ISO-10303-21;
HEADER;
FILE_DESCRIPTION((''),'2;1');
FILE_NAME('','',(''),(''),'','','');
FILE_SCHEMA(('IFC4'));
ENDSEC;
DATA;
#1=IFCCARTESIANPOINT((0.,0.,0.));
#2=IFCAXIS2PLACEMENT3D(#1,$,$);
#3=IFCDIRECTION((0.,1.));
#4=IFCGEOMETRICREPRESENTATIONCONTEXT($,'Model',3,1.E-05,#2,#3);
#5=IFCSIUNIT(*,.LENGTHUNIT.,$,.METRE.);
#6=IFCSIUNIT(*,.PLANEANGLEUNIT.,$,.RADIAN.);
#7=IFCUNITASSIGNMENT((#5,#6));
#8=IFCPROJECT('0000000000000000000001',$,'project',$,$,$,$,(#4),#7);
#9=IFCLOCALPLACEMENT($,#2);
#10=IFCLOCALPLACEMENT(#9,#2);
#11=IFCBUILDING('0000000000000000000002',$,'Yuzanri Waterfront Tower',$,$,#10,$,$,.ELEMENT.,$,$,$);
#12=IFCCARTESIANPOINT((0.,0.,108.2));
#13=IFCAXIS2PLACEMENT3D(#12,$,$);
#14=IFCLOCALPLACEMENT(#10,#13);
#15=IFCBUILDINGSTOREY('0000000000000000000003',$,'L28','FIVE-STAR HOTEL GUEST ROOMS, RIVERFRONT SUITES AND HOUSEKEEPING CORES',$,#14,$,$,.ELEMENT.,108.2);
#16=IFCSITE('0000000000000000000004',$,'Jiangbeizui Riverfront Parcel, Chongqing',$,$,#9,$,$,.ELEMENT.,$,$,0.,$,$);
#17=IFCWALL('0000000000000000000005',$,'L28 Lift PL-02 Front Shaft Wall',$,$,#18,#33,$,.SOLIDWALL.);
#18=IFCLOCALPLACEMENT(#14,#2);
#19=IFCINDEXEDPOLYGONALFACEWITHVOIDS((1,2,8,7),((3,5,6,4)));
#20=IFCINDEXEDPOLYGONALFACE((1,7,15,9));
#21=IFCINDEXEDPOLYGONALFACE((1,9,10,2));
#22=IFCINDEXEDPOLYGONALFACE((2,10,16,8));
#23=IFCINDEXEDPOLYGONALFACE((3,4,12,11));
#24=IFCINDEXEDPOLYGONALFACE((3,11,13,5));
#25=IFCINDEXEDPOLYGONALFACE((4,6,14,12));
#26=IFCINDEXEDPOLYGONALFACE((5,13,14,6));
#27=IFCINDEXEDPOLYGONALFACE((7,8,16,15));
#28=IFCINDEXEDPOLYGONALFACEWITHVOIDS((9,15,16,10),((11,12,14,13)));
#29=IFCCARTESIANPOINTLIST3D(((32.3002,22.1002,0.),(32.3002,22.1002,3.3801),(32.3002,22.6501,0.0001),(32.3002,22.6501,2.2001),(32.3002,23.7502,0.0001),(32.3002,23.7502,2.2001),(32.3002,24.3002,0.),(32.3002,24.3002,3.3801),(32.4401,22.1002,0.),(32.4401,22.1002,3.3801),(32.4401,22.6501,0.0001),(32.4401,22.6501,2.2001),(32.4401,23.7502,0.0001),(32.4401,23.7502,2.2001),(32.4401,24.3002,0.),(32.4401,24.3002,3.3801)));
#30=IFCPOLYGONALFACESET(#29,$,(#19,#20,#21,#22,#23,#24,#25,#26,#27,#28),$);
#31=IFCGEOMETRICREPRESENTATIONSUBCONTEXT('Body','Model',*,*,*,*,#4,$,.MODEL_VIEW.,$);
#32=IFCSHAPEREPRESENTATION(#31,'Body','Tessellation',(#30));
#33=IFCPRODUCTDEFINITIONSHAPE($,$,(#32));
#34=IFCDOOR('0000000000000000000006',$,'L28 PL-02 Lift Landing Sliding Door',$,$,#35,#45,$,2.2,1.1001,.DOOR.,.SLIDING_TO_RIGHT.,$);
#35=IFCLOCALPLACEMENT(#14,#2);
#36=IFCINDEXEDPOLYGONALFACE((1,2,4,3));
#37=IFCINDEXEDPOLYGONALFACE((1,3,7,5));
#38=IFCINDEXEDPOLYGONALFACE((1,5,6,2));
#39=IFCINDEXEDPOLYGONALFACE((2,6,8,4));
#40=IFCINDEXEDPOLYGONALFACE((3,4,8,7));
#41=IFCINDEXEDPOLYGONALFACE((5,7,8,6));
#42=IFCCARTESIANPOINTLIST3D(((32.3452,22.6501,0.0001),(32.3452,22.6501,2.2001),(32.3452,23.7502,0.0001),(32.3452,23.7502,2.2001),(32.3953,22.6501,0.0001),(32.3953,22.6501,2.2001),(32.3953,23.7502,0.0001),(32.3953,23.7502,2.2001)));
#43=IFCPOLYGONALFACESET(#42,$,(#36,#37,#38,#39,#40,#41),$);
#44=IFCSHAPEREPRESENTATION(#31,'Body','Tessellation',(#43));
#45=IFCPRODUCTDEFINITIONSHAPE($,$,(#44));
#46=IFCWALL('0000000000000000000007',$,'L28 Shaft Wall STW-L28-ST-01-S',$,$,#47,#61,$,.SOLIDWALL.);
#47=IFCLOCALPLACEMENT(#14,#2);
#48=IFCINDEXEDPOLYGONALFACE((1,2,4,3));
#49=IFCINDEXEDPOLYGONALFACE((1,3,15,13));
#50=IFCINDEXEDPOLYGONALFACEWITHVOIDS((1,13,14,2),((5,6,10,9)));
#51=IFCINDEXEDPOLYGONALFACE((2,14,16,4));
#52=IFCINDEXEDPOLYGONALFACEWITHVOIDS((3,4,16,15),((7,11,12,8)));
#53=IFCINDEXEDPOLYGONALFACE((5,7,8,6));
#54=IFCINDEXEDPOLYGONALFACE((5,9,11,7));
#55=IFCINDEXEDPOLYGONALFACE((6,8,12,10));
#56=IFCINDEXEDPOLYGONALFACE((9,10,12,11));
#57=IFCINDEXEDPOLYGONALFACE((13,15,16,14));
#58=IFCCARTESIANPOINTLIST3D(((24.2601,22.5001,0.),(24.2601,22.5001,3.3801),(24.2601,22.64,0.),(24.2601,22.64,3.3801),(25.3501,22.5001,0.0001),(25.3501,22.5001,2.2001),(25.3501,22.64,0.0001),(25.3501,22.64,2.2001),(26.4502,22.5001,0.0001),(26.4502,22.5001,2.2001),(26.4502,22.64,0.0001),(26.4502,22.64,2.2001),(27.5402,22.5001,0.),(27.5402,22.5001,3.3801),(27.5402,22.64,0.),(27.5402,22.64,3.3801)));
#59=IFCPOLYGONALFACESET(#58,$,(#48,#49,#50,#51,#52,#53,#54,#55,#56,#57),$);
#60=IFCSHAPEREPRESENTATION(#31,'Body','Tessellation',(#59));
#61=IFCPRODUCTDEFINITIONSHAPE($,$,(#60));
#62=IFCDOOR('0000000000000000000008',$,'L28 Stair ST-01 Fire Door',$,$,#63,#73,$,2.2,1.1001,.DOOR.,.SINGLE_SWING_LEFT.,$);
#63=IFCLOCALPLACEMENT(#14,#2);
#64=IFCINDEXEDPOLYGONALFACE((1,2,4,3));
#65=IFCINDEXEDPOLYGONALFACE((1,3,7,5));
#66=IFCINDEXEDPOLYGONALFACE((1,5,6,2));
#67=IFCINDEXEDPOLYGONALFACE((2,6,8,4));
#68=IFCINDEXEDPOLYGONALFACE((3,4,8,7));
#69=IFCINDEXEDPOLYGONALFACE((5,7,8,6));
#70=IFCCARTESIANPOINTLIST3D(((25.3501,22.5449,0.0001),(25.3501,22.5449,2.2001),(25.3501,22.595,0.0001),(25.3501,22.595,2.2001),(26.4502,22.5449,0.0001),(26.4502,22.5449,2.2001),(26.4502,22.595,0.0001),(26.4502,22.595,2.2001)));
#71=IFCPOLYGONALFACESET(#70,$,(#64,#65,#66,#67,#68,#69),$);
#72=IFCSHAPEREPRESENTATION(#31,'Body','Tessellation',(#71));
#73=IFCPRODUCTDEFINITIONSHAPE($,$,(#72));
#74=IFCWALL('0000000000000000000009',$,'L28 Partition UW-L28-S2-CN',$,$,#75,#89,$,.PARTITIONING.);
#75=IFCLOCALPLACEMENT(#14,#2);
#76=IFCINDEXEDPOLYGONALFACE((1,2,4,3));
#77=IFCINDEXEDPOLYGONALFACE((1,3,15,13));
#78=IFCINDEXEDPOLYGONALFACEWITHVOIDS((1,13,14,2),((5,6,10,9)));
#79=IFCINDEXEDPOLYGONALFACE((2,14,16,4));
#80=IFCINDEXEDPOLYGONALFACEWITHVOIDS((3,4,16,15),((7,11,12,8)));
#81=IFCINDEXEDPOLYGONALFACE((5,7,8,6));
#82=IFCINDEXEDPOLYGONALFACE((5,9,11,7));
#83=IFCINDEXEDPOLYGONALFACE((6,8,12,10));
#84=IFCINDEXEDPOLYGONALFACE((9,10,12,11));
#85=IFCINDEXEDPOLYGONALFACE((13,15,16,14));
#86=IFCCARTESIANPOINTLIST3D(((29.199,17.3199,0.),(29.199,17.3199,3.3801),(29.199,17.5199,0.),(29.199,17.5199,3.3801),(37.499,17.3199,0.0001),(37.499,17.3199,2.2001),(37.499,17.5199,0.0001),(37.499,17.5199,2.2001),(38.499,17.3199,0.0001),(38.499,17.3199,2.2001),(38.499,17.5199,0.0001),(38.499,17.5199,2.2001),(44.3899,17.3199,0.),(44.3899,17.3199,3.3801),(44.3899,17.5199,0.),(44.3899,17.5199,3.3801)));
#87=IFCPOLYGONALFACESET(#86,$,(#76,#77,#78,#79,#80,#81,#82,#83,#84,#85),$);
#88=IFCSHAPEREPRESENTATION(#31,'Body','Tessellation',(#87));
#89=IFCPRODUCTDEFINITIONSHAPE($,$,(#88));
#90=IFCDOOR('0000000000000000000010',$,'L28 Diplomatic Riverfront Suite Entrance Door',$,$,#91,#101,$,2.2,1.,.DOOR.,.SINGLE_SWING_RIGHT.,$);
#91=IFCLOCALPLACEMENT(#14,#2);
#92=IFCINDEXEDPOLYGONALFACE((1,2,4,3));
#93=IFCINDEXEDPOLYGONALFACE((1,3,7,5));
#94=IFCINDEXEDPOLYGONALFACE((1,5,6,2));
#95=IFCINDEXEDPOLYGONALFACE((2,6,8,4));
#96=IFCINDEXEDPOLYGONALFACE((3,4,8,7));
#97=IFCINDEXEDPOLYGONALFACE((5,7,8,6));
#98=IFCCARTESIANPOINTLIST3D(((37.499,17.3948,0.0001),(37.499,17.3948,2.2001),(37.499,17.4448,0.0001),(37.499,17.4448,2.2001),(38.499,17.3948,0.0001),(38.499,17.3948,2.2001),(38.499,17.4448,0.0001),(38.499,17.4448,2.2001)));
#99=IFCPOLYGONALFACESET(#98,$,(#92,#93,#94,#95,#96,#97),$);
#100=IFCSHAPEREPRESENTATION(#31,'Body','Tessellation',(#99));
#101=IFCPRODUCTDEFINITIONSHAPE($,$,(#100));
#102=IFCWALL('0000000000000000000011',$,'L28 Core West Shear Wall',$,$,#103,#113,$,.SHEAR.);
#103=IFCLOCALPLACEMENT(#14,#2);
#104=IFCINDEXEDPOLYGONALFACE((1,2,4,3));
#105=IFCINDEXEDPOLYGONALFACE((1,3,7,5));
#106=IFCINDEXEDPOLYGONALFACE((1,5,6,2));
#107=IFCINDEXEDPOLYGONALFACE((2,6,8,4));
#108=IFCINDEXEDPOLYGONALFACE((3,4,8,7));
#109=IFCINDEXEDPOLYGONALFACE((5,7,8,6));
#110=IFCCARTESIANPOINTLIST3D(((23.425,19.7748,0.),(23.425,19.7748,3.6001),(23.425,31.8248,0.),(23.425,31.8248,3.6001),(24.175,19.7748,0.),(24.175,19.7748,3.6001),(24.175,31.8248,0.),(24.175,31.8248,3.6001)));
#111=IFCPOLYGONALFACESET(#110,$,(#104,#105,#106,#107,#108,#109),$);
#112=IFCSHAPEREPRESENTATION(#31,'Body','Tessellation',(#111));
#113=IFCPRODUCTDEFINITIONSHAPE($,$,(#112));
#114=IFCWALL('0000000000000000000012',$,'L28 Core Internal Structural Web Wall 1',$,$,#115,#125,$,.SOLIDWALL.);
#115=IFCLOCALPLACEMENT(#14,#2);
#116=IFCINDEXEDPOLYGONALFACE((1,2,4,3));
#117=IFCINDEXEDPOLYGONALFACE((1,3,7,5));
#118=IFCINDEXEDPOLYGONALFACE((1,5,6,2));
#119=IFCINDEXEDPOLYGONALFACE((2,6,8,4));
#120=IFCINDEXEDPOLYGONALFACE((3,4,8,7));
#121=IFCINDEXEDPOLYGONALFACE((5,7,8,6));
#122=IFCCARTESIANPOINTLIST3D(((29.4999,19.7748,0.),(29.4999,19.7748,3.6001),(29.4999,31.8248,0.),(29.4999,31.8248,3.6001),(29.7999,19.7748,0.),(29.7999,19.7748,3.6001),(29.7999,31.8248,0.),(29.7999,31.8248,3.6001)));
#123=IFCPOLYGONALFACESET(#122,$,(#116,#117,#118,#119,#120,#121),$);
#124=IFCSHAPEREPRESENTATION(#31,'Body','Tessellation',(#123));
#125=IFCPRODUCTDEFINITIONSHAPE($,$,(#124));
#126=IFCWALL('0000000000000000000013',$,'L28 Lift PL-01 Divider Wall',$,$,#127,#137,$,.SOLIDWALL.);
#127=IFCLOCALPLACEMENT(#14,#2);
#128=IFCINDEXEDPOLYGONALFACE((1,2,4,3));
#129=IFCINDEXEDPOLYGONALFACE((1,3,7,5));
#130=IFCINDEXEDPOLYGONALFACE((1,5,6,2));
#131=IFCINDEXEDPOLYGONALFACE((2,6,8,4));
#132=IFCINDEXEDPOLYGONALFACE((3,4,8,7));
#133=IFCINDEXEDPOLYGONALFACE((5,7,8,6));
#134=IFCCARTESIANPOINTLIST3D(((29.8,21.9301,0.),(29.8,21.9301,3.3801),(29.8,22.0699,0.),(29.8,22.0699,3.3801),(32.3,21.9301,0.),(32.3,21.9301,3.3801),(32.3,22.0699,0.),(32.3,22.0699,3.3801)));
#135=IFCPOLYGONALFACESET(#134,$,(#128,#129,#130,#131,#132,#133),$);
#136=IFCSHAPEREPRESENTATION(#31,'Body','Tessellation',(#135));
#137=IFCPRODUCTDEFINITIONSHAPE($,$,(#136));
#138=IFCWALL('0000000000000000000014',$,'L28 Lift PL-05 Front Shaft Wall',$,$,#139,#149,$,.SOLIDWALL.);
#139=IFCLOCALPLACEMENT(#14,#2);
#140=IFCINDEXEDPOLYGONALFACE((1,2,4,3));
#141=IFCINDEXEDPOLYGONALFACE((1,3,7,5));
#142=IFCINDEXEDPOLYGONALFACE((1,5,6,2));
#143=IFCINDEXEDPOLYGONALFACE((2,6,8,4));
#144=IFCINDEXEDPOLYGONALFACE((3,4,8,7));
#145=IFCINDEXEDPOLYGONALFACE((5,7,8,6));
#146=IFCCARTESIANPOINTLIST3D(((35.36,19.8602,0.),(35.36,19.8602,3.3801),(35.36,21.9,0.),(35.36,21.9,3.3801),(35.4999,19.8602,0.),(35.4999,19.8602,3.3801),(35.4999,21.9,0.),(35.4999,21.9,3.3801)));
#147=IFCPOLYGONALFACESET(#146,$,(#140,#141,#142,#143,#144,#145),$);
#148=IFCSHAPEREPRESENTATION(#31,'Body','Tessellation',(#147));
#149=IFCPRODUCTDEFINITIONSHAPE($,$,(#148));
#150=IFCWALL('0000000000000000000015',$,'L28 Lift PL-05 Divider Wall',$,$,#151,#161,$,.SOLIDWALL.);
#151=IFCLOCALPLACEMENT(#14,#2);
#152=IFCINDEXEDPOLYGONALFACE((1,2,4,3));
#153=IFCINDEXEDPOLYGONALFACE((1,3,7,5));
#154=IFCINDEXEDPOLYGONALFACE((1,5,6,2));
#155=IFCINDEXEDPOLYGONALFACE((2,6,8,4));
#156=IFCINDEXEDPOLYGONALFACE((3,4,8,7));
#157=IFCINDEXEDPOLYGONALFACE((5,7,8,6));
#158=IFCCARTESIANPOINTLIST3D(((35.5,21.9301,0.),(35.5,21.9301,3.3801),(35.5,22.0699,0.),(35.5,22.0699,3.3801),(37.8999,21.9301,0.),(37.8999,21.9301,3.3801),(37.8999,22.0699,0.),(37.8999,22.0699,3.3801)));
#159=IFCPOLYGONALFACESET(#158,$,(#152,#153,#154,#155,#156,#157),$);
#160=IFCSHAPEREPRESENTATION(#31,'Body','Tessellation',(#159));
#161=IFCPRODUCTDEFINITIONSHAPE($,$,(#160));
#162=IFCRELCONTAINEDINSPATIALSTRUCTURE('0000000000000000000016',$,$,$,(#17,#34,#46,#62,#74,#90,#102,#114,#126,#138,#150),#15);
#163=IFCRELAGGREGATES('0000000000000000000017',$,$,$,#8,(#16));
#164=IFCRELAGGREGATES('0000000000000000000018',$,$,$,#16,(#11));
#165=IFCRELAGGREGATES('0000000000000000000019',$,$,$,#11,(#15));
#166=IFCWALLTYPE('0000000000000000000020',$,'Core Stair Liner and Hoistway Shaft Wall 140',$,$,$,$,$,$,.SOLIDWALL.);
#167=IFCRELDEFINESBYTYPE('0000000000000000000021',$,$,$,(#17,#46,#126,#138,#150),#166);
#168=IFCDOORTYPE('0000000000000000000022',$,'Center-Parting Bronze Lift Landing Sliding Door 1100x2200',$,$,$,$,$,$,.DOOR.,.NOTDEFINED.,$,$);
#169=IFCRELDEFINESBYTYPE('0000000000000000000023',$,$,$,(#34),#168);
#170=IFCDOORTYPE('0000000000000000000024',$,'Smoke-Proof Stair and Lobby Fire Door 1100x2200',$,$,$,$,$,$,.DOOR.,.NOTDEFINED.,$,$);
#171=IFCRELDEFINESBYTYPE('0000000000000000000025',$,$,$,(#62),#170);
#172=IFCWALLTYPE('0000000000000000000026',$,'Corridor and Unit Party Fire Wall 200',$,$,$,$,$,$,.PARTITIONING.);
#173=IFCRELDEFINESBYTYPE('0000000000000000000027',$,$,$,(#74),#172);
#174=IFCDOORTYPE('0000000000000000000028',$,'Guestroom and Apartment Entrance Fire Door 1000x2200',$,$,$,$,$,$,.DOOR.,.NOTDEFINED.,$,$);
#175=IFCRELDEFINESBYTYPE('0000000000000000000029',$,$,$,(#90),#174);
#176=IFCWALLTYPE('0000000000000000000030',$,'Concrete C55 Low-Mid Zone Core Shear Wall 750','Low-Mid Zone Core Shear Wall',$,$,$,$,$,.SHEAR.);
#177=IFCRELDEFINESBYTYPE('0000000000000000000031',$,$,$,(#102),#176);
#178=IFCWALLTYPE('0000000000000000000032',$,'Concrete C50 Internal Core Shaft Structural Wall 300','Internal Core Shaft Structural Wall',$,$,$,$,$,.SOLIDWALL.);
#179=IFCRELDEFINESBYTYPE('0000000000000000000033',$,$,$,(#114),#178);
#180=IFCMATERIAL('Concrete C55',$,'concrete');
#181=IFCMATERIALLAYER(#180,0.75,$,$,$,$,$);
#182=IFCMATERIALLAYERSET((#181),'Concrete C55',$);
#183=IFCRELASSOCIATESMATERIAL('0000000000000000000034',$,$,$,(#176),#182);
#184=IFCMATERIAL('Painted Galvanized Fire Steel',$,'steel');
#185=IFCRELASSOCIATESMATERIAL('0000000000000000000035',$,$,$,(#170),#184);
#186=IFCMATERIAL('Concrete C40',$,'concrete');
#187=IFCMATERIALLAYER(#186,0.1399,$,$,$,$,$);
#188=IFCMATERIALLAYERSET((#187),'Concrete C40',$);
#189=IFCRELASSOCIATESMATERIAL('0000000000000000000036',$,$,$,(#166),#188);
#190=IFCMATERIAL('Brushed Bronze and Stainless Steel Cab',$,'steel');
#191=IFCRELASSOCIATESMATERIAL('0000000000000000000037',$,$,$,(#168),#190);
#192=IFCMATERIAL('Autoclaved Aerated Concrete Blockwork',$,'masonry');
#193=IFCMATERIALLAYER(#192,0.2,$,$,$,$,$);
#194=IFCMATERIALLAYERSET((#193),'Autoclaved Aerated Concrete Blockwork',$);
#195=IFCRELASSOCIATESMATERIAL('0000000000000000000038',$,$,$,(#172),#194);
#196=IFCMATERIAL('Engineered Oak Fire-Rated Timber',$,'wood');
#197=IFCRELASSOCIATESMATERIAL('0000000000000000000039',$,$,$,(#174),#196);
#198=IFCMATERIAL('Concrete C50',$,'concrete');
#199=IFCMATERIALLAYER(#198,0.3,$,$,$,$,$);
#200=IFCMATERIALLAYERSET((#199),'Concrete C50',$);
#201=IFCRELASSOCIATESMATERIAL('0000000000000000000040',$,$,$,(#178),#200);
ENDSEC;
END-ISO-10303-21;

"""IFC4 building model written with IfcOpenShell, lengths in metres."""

from ifc_helpers import new_model, si_unit, direction, frame, frame_2d, origin, place, context, subcontext, project, spatial, rectangle, extrude, source, transform, mapped, material, layer, layer_set, type_object, element, fill, save


model = new_model("IFC4")

# Units and contexts
model_context = context("Model", 3, precision=1e-05, world=origin(), true_north=direction((0.0, 1.0)))
body_context = subcontext(model_context, "Body", "Model", "MODEL_VIEW")
ifc_project = project(units=[si_unit("LENGTHUNIT", "METRE"), si_unit("PLANEANGLEUNIT", "RADIAN")], contexts=[model_context])

# Site, building, storey
site_placement = place(None, origin())
site = spatial("IfcSite", under=ifc_project, at=site_placement, Name="Jiangbeizui Riverfront Parcel, Chongqing", CompositionType="ELEMENT", RefElevation=0.0)
building_placement = place(site_placement, origin())
building = spatial("IfcBuilding", under=site, at=building_placement, Name="Yuzanri Waterfront Tower", CompositionType="ELEMENT")
storey_placement = place(building_placement, frame((0.0, 0.0, 108.2)))
storey = spatial("IfcBuildingStorey", under=building, at=storey_placement, Name="L28", Description="FIVE-STAR HOTEL GUEST ROOMS, RIVERFRONT SUITES AND HOUSEKEEPING CORES", CompositionType="ELEMENT", Elevation=108.2)

# Shared definitions
ifc_material_1 = material(Name="Concrete C55", Category="concrete")
ifc_layer_1 = layer(ifc_material_1, 0.75)
ifc_layer_set_1 = layer_set([ifc_layer_1], Name="Concrete C55")
wall_type_1 = type_object("IfcWallType", Name="Concrete C55 Low-Mid Zone Core Shear Wall 750", Description="Low-Mid Zone Core Shear Wall", PredefinedType="SHEAR", material=ifc_layer_set_1)
ifc_material_2 = material(Name="Painted Galvanized Fire Steel", Category="steel")
door_type_1 = type_object("IfcDoorType", Name="Smoke-Proof Stair and Lobby Fire Door 1100x2200", OperationType="NOTDEFINED", PredefinedType="DOOR", material=ifc_material_2)
shared_shape_1 = source(origin(), body_context, "Body", "SweptSolid", [
    extrude(rectangle(XDim=1.1001, YDim=2.2, at=frame_2d((0.55, 1.1001))), frame((0.0, 0.0249, 0.0), z_axis=(0.0, -1.0, 0.0), x_axis=(1.0, 0.0, 0.0)), (0.0, 0.0, 1.0), 0.05),
])

# Walls, openings, doors
ifc_material_3 = material(Name="Concrete C40", Category="concrete")
ifc_layer_2 = layer(ifc_material_3, 0.1399)
ifc_layer_set_2 = layer_set([ifc_layer_2], Name="Concrete C40")
wall_type_2 = type_object("IfcWallType", Name="Core Stair Liner and Hoistway Shaft Wall 140", PredefinedType="SOLIDWALL", material=ifc_layer_set_2)
ifc_material_4 = material(Name="Brushed Bronze and Stainless Steel Cab", Category="steel")
door_type_2 = type_object("IfcDoorType", Name="Center-Parting Bronze Lift Landing Sliding Door 1100x2200", OperationType="NOTDEFINED", PredefinedType="DOOR", material=ifc_material_4)
shared_shape_2 = source(origin(), body_context, "Body", "SweptSolid", [
    extrude(rectangle(XDim=1.1001, YDim=2.2, at=frame_2d((0.55, 1.1001))), frame((0.0, 0.0249, 0.0), z_axis=(0.0, -1.0, 0.0), x_axis=(1.0, 0.0, 0.0)), (0.0, 0.0, 1.0), 0.05),
])
wall_1_placement = place(storey_placement, frame((32.3701, 22.1001, 0.0), z_axis=(0.0, 0.0, 1.0), x_axis=(0.0, 1.0, 0.0)))
wall_1 = element("IfcWall", 1, at=wall_1_placement, inside=storey, type_object=wall_type_2, Name="L28 Lift PL-02 Front Shaft Wall", PredefinedType="SOLIDWALL", context=body_context, shape_type="SweptSolid", body=[
    extrude(rectangle(XDim=2.2, YDim=0.1399, at=frame_2d((1.1001, 0.0))), origin(), (0.0, 0.0, 1.0), 3.3801),
])
opening_1_placement = place(wall_1_placement, frame((0.55, 0.0, 0.0)))
opening_1 = element("IfcOpeningElement", 2, at=opening_1_placement, cuts=wall_1, PredefinedType="OPENING", context=body_context, shape_type="SweptSolid", body=[
    extrude(rectangle(XDim=1.1001, YDim=2.2, at=frame_2d((0.55, 1.1001))), frame((0.0, 0.085, 0.0), z_axis=(0.0, -1.0, 0.0), x_axis=(1.0, 0.0, 0.0)), (0.0, 0.0, 1.0), 0.1697),
])
door_1_placement = place(opening_1_placement, origin())
door_1 = element("IfcDoor", 3, at=door_1_placement, inside=storey, type_object=door_type_2, Name="L28 PL-02 Lift Landing Sliding Door", OperationType="SLIDING_TO_RIGHT", OverallHeight=2.2, OverallWidth=1.1001, PredefinedType="DOOR", context=body_context, shape_type="MappedRepresentation", body=[
    mapped(shared_shape_2, transform((0.0, 0.0, 0.0), scale=1.0)),
])
fill(opening_1, door_1)
wall_2_placement = place(storey_placement, frame((24.26, 22.5701, 0.0), z_axis=(0.0, 0.0, 1.0), x_axis=(1.0, 0.0, 0.0)))
wall_2 = element("IfcWall", 4, at=wall_2_placement, inside=storey, type_object=wall_type_2, Name="L28 Shaft Wall STW-L28-ST-01-S", PredefinedType="SOLIDWALL", context=body_context, shape_type="SweptSolid", body=[
    extrude(rectangle(XDim=3.28, YDim=0.1399, at=frame_2d((1.6401, 0.0))), origin(), (0.0, 0.0, 1.0), 3.3801),
])
opening_2_placement = place(wall_2_placement, frame((1.0901, 0.0, 0.0)))
opening_2 = element("IfcOpeningElement", 5, at=opening_2_placement, cuts=wall_2, PredefinedType="OPENING", context=body_context, shape_type="SweptSolid", body=[
    extrude(rectangle(XDim=1.1001, YDim=2.2, at=frame_2d((0.55, 1.1001))), frame((0.0, 0.085, 0.0), z_axis=(0.0, -1.0, 0.0), x_axis=(1.0, 0.0, 0.0)), (0.0, 0.0, 1.0), 0.1697),
])
door_2_placement = place(opening_2_placement, origin())
door_2 = element("IfcDoor", 6, at=door_2_placement, inside=storey, type_object=door_type_1, Name="L28 Stair ST-01 Fire Door", OperationType="SINGLE_SWING_LEFT", OverallHeight=2.2, OverallWidth=1.1001, PredefinedType="DOOR", context=body_context, shape_type="MappedRepresentation", body=[
    mapped(shared_shape_1, transform((0.0, 0.0, 0.0), scale=1.0)),
])
fill(opening_2, door_2)
ifc_material_5 = material(Name="Autoclaved Aerated Concrete Blockwork", Category="masonry")
ifc_layer_3 = layer(ifc_material_5, 0.2)
ifc_layer_set_3 = layer_set([ifc_layer_3], Name="Autoclaved Aerated Concrete Blockwork")
wall_type_3 = type_object("IfcWallType", Name="Corridor and Unit Party Fire Wall 200", PredefinedType="PARTITIONING", material=ifc_layer_set_3)
wall_3_placement = place(storey_placement, frame((29.199, 17.4199, 0.0), z_axis=(0.0, 0.0, 1.0), x_axis=(1.0, 0.0, 0.0)))
wall_3 = element("IfcWall", 7, at=wall_3_placement, inside=storey, type_object=wall_type_3, Name="L28 Partition UW-L28-S2-CN", PredefinedType="PARTITIONING", context=body_context, shape_type="SweptSolid", body=[
    extrude(rectangle(XDim=15.1909, YDim=0.2, at=frame_2d((7.5955, 0.0))), origin(), (0.0, 0.0, 1.0), 3.3801),
])
opening_3_placement = place(wall_3_placement, frame((8.3, 0.0, 0.0)))
opening_3 = element("IfcOpeningElement", 8, at=opening_3_placement, cuts=wall_3, PredefinedType="OPENING", context=body_context, shape_type="SweptSolid", body=[
    extrude(rectangle(XDim=1.0, YDim=2.2, at=frame_2d((0.5, 1.1001))), frame((0.0, 0.1147, 0.0), z_axis=(0.0, -1.0, 0.0), x_axis=(1.0, 0.0, 0.0)), (0.0, 0.0, 1.0), 0.2297),
])
ifc_material_6 = material(Name="Engineered Oak Fire-Rated Timber", Category="wood")
door_type_3 = type_object("IfcDoorType", Name="Guestroom and Apartment Entrance Fire Door 1000x2200", OperationType="NOTDEFINED", PredefinedType="DOOR", material=ifc_material_6)
shared_shape_3 = source(origin(), body_context, "Body", "SweptSolid", [
    extrude(rectangle(XDim=1.0, YDim=2.2, at=frame_2d((0.5, 1.1001))), frame((0.0, 0.0249, 0.0), z_axis=(0.0, -1.0, 0.0), x_axis=(1.0, 0.0, 0.0)), (0.0, 0.0, 1.0), 0.05),
])
door_3_placement = place(opening_3_placement, origin())
door_3 = element("IfcDoor", 9, at=door_3_placement, inside=storey, type_object=door_type_3, Name="L28 Diplomatic Riverfront Suite Entrance Door", OperationType="SINGLE_SWING_RIGHT", OverallHeight=2.2, OverallWidth=1.0, PredefinedType="DOOR", context=body_context, shape_type="MappedRepresentation", body=[
    mapped(shared_shape_3, transform((0.0, 0.0, 0.0), scale=1.0)),
])
fill(opening_3, door_3)

# Walls
shared_shape_4 = source(origin(), body_context, "Body", "SweptSolid", [
    extrude(rectangle(XDim=12.05, YDim=0.75, at=frame_2d((6.0249, 0.0))), origin(), (0.0, 0.0, 1.0), 3.6001),
])
wall_4_placement = place(storey_placement, frame((23.8, 19.7749, 0.0), z_axis=(0.0, 0.0, 1.0), x_axis=(0.0, 1.0, 0.0)))
element("IfcWall", 10, at=wall_4_placement, inside=storey, type_object=wall_type_1, Name="L28 Core West Shear Wall", PredefinedType="SHEAR", context=body_context, shape_type="MappedRepresentation", body=[
    mapped(shared_shape_4, transform((0.0, 0.0, 0.0), scale=1.0)),
])
ifc_material_7 = material(Name="Concrete C50", Category="concrete")
ifc_layer_4 = layer(ifc_material_7, 0.3)
ifc_layer_set_4 = layer_set([ifc_layer_4], Name="Concrete C50")
wall_type_4 = type_object("IfcWallType", Name="Concrete C50 Internal Core Shaft Structural Wall 300", Description="Internal Core Shaft Structural Wall", PredefinedType="SOLIDWALL", material=ifc_layer_set_4)
shared_shape_5 = source(origin(), body_context, "Body", "SweptSolid", [
    extrude(rectangle(XDim=12.05, YDim=0.3, at=frame_2d((6.0249, 0.0))), origin(), (0.0, 0.0, 1.0), 3.6001),
])
wall_5_placement = place(storey_placement, frame((29.6499, 19.7749, 0.0), z_axis=(0.0, 0.0, 1.0), x_axis=(0.0, 1.0, 0.0)))
element("IfcWall", 11, at=wall_5_placement, inside=storey, type_object=wall_type_4, Name="L28 Core Internal Structural Web Wall 1", PredefinedType="SOLIDWALL", context=body_context, shape_type="MappedRepresentation", body=[
    mapped(shared_shape_5, transform((0.0, 0.0, 0.0), scale=1.0)),
])
shared_shape_6 = source(origin(), body_context, "Body", "SweptSolid", [
    extrude(rectangle(XDim=2.5, YDim=0.1399, at=frame_2d((1.25, 0.0))), origin(), (0.0, 0.0, 1.0), 3.3801),
])
wall_6_placement = place(storey_placement, frame((29.8, 22.0, 0.0), z_axis=(0.0, 0.0, 1.0), x_axis=(1.0, 0.0, 0.0)))
element("IfcWall", 12, at=wall_6_placement, inside=storey, type_object=wall_type_2, Name="L28 Lift PL-01 Divider Wall", PredefinedType="SOLIDWALL", context=body_context, shape_type="MappedRepresentation", body=[
    mapped(shared_shape_6, transform((0.0, 0.0, 0.0), scale=1.0)),
])
shared_shape_7 = source(origin(), body_context, "Body", "SweptSolid", [
    extrude(rectangle(XDim=2.0398, YDim=0.1399, at=frame_2d((1.02, 0.0))), origin(), (0.0, 0.0, 1.0), 3.3801),
])
wall_7_placement = place(storey_placement, frame((35.4299, 19.8601, 0.0), z_axis=(0.0, 0.0, 1.0), x_axis=(0.0, 1.0, 0.0)))
element("IfcWall", 13, at=wall_7_placement, inside=storey, type_object=wall_type_2, Name="L28 Lift PL-05 Front Shaft Wall", PredefinedType="SOLIDWALL", context=body_context, shape_type="MappedRepresentation", body=[
    mapped(shared_shape_7, transform((0.0, 0.0, 0.0), scale=1.0)),
])
shared_shape_8 = source(origin(), body_context, "Body", "SweptSolid", [
    extrude(rectangle(XDim=2.3999, YDim=0.1399, at=frame_2d((1.2, 0.0))), origin(), (0.0, 0.0, 1.0), 3.3801),
])
wall_8_placement = place(storey_placement, frame((35.5, 22.0, 0.0), z_axis=(0.0, 0.0, 1.0), x_axis=(1.0, 0.0, 0.0)))
element("IfcWall", 14, at=wall_8_placement, inside=storey, type_object=wall_type_2, Name="L28 Lift PL-05 Divider Wall", PredefinedType="SOLIDWALL", context=body_context, shape_type="MappedRepresentation", body=[
    mapped(shared_shape_8, transform((0.0, 0.0, 0.0), scale=1.0)),
])

save(model, "model.ifc")
